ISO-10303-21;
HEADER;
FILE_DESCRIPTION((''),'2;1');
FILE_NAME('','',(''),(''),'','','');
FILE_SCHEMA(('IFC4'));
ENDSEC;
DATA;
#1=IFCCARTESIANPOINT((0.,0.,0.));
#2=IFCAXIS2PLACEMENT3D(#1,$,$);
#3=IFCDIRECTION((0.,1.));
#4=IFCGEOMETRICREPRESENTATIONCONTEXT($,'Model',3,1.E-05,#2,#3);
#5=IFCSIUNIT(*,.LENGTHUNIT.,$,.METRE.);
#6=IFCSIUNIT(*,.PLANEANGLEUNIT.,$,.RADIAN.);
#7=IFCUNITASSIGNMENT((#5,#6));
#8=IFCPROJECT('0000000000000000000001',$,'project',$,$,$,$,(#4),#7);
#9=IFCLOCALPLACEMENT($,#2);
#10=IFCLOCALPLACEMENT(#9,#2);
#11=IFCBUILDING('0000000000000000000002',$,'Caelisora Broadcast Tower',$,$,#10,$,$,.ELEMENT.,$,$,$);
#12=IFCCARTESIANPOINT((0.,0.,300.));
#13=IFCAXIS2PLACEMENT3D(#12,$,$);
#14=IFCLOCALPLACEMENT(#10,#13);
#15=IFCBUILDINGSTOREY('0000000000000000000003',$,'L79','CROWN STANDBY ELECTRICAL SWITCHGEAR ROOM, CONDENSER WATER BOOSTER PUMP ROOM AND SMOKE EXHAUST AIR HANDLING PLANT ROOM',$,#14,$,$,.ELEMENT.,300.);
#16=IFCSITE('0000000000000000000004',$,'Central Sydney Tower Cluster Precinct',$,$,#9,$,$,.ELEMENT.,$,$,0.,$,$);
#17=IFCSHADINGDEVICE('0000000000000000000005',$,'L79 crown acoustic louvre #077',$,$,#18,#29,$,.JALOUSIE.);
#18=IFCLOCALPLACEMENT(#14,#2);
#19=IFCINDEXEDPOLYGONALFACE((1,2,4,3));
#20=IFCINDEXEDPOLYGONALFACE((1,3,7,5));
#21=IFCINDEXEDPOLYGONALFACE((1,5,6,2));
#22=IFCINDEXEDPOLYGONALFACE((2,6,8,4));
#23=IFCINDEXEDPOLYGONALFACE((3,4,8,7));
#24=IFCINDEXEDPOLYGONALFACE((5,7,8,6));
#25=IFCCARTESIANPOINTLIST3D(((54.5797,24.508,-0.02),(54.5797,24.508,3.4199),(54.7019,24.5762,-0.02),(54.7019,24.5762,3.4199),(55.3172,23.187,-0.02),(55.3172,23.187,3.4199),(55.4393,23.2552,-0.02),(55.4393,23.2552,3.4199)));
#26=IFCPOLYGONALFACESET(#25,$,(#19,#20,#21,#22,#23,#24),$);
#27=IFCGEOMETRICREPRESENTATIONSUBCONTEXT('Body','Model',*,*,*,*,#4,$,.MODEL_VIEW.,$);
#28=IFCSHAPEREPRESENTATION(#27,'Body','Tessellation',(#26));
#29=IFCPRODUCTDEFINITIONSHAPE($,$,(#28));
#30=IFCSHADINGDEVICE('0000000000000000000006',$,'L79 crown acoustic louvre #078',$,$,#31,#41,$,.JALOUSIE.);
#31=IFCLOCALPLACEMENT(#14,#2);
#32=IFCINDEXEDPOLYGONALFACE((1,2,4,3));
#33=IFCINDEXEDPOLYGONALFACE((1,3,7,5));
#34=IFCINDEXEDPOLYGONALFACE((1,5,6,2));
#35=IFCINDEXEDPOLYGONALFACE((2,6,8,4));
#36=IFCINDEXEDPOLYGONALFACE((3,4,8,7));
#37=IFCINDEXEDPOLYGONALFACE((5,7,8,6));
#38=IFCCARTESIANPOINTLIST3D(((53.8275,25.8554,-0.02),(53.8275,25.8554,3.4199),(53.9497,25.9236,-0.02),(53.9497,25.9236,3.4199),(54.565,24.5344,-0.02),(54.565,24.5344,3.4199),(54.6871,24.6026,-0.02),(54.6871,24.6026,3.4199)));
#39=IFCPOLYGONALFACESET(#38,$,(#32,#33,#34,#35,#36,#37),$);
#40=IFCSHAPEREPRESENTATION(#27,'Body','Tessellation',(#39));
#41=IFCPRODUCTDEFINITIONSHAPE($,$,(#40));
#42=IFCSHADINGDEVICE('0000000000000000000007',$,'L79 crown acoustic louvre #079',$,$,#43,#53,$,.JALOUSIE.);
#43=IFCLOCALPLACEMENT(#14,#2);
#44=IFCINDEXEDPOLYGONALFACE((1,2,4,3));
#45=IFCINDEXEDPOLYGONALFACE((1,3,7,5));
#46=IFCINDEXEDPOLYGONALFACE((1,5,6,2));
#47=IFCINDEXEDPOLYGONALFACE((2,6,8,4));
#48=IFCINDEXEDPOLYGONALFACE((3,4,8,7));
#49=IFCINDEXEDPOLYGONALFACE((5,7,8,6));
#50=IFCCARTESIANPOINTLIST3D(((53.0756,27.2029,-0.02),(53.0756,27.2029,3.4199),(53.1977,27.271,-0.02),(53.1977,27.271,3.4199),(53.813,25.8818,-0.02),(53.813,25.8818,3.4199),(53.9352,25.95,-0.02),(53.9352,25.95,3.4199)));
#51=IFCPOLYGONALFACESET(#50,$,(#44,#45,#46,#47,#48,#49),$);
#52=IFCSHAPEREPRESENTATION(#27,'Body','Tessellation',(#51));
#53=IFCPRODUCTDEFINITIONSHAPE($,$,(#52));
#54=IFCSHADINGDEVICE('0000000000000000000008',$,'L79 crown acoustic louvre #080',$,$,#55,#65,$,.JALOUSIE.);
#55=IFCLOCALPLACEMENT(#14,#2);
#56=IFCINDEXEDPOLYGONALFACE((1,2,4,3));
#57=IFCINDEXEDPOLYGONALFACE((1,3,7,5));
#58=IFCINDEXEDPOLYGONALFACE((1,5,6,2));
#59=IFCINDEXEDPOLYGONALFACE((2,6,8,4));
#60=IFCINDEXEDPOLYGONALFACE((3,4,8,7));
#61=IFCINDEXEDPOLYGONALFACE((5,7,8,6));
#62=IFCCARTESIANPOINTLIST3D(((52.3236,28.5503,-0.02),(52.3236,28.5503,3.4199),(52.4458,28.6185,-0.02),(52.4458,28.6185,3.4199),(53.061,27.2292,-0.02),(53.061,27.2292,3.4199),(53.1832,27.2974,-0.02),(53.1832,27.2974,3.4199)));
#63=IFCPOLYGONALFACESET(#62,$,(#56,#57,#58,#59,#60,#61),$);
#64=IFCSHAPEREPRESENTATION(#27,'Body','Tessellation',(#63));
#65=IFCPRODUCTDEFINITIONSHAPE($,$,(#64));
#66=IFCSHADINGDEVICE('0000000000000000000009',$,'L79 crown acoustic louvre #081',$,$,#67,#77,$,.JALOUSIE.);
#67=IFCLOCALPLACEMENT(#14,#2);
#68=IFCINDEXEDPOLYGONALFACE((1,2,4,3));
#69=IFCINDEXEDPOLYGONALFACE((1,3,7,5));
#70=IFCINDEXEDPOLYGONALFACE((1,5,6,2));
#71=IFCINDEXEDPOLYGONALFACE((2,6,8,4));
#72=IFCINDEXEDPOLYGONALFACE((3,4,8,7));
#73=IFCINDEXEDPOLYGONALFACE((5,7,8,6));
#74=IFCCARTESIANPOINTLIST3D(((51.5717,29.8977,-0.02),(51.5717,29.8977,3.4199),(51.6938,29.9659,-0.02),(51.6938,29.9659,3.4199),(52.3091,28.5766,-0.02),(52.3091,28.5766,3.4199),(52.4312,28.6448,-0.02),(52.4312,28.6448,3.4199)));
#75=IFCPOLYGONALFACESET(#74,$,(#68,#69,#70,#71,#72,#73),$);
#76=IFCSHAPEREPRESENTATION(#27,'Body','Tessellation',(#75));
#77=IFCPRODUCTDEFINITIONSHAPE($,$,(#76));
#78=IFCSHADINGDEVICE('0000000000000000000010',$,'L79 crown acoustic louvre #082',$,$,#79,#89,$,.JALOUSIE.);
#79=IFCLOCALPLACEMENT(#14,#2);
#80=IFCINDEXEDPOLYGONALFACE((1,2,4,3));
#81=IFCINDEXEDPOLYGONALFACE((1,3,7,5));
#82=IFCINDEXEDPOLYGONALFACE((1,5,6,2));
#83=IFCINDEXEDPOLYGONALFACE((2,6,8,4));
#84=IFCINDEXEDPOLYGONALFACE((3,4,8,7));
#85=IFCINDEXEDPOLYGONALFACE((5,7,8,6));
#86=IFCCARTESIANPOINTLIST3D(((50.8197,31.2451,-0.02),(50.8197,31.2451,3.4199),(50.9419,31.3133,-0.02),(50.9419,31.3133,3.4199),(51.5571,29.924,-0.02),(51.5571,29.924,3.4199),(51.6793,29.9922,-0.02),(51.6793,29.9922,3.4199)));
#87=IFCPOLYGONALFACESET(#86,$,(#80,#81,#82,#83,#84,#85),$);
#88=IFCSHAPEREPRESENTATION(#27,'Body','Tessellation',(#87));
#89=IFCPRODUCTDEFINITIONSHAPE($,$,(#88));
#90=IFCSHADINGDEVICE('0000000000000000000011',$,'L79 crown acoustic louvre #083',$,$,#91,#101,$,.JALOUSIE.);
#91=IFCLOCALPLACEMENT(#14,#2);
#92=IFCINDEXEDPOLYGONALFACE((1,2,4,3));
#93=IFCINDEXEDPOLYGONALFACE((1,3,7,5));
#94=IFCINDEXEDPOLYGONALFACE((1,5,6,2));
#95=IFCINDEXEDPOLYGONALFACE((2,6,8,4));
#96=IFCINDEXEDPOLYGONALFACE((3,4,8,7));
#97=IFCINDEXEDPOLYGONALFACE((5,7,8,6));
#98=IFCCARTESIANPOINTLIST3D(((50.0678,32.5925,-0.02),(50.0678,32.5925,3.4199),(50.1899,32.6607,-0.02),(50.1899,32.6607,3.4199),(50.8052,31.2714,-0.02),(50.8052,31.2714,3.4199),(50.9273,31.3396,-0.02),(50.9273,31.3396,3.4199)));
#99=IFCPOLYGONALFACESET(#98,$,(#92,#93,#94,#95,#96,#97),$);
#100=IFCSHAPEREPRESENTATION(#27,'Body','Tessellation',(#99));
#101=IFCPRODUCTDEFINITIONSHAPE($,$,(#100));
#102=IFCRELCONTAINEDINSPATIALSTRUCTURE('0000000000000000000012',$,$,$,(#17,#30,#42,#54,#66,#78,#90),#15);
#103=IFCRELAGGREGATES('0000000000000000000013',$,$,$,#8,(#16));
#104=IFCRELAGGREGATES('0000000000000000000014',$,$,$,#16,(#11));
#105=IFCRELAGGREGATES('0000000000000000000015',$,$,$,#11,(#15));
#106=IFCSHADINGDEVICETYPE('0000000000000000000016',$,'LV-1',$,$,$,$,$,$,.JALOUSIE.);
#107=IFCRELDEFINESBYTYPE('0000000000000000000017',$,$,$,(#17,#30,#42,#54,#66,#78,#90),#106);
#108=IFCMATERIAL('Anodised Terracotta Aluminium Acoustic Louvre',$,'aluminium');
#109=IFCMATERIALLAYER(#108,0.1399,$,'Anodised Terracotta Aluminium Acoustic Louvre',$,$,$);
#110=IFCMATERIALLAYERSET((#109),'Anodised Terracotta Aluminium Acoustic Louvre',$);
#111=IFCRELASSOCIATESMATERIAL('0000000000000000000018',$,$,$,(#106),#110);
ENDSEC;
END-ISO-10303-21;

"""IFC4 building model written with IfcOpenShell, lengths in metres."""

from ifc_helpers import new_model, si_unit, direction, frame, origin, origin_2d, place, context, subcontext, project, spatial, rectangle, extrude, source, transform, mapped, material, layer, layer_set, type_object, type_shapes, element, save


model = new_model("IFC4")

# Units and contexts
model_context = context("Model", 3, precision=1e-05, world=origin(), true_north=direction((0.0, 1.0)))
body_context = subcontext(model_context, "Body", "Model", "MODEL_VIEW")
ifc_project = project(units=[si_unit("LENGTHUNIT", "METRE"), si_unit("PLANEANGLEUNIT", "RADIAN")], contexts=[model_context])

# Site, building, storey
site_placement = place(None, origin())
site = spatial("IfcSite", under=ifc_project, at=site_placement, Name="Central Sydney Tower Cluster Precinct", CompositionType="ELEMENT", RefElevation=0.0)
building_placement = place(site_placement, origin())
building = spatial("IfcBuilding", under=site, at=building_placement, Name="Caelisora Broadcast Tower", CompositionType="ELEMENT")
storey_placement = place(building_placement, frame((0.0, 0.0, 300.0)))
storey = spatial("IfcBuildingStorey", under=building, at=storey_placement, Name="L79", Description="CROWN STANDBY ELECTRICAL SWITCHGEAR ROOM, CONDENSER WATER BOOSTER PUMP ROOM AND SMOKE EXHAUST AIR HANDLING PLANT ROOM", CompositionType="ELEMENT", Elevation=300.0)

# Shading devices
ifc_material_1 = material(Name="Anodised Terracotta Aluminium Acoustic Louvre", Category="aluminium")
ifc_layer_1 = layer(ifc_material_1, 0.1399, Name="Anodised Terracotta Aluminium Acoustic Louvre")
ifc_layer_set_1 = layer_set([ifc_layer_1], Name="Anodised Terracotta Aluminium Acoustic Louvre")
shading_device_type = type_object("IfcShadingDeviceType", Name="LV-1", PredefinedType="JALOUSIE", material=ifc_layer_set_1)
shared_shape_1 = source(origin(), body_context, "Body", "SweptSolid", [
    extrude(rectangle(XDim=1.5129, YDim=0.1399, at=origin_2d()), origin(), (0.0, 0.0, 1.0), 3.4399),
])
type_shapes(shading_device_type, [shared_shape_1])
for number, where, z_axis, x_axis, name in (
    (1, (55.0095, 23.8816, -0.02), (0.0, 0.0, 1.0), (-0.487403, 0.873177, 0.0), "L79 crown acoustic louvre #077"),
    (2, (54.2573, 25.229, -0.02), (0.0, 0.0, 1.0), (-0.487403, 0.873177, 0.0), "L79 crown acoustic louvre #078"),
    (3, (53.5054, 26.5764, -0.02), (0.0, 0.0, 1.0), (-0.487403, 0.873177, 0.0), "L79 crown acoustic louvre #079"),
    (4, (52.7534, 27.9238, -0.02), (0.0, 0.0, 1.0), (-0.487403, 0.873177, 0.0), "L79 crown acoustic louvre #080"),
    (5, (52.0015, 29.2712, -0.02), (0.0, 0.0, 1.0), (-0.487403, 0.873177, 0.0), "L79 crown acoustic louvre #081"),
    (6, (51.2495, 30.6187, -0.02), (0.0, 0.0, 1.0), (-0.487403, 0.873177, 0.0), "L79 crown acoustic louvre #082"),
    (7, (50.4976, 31.9661, -0.02), (0.0, 0.0, 1.0), (-0.487403, 0.873177, 0.0), "L79 crown acoustic louvre #083"),
):
    element("IfcShadingDevice", number, at=place(storey_placement, frame(where, z_axis=z_axis, x_axis=x_axis)), inside=storey, type_object=shading_device_type, Name=name, PredefinedType="JALOUSIE", context=body_context, shape_type="MappedRepresentation", body=[
        mapped(shared_shape_1, transform((0.0, 0.0, 0.0), scale=1.0)),
    ])

save(model, "model.ifc")
